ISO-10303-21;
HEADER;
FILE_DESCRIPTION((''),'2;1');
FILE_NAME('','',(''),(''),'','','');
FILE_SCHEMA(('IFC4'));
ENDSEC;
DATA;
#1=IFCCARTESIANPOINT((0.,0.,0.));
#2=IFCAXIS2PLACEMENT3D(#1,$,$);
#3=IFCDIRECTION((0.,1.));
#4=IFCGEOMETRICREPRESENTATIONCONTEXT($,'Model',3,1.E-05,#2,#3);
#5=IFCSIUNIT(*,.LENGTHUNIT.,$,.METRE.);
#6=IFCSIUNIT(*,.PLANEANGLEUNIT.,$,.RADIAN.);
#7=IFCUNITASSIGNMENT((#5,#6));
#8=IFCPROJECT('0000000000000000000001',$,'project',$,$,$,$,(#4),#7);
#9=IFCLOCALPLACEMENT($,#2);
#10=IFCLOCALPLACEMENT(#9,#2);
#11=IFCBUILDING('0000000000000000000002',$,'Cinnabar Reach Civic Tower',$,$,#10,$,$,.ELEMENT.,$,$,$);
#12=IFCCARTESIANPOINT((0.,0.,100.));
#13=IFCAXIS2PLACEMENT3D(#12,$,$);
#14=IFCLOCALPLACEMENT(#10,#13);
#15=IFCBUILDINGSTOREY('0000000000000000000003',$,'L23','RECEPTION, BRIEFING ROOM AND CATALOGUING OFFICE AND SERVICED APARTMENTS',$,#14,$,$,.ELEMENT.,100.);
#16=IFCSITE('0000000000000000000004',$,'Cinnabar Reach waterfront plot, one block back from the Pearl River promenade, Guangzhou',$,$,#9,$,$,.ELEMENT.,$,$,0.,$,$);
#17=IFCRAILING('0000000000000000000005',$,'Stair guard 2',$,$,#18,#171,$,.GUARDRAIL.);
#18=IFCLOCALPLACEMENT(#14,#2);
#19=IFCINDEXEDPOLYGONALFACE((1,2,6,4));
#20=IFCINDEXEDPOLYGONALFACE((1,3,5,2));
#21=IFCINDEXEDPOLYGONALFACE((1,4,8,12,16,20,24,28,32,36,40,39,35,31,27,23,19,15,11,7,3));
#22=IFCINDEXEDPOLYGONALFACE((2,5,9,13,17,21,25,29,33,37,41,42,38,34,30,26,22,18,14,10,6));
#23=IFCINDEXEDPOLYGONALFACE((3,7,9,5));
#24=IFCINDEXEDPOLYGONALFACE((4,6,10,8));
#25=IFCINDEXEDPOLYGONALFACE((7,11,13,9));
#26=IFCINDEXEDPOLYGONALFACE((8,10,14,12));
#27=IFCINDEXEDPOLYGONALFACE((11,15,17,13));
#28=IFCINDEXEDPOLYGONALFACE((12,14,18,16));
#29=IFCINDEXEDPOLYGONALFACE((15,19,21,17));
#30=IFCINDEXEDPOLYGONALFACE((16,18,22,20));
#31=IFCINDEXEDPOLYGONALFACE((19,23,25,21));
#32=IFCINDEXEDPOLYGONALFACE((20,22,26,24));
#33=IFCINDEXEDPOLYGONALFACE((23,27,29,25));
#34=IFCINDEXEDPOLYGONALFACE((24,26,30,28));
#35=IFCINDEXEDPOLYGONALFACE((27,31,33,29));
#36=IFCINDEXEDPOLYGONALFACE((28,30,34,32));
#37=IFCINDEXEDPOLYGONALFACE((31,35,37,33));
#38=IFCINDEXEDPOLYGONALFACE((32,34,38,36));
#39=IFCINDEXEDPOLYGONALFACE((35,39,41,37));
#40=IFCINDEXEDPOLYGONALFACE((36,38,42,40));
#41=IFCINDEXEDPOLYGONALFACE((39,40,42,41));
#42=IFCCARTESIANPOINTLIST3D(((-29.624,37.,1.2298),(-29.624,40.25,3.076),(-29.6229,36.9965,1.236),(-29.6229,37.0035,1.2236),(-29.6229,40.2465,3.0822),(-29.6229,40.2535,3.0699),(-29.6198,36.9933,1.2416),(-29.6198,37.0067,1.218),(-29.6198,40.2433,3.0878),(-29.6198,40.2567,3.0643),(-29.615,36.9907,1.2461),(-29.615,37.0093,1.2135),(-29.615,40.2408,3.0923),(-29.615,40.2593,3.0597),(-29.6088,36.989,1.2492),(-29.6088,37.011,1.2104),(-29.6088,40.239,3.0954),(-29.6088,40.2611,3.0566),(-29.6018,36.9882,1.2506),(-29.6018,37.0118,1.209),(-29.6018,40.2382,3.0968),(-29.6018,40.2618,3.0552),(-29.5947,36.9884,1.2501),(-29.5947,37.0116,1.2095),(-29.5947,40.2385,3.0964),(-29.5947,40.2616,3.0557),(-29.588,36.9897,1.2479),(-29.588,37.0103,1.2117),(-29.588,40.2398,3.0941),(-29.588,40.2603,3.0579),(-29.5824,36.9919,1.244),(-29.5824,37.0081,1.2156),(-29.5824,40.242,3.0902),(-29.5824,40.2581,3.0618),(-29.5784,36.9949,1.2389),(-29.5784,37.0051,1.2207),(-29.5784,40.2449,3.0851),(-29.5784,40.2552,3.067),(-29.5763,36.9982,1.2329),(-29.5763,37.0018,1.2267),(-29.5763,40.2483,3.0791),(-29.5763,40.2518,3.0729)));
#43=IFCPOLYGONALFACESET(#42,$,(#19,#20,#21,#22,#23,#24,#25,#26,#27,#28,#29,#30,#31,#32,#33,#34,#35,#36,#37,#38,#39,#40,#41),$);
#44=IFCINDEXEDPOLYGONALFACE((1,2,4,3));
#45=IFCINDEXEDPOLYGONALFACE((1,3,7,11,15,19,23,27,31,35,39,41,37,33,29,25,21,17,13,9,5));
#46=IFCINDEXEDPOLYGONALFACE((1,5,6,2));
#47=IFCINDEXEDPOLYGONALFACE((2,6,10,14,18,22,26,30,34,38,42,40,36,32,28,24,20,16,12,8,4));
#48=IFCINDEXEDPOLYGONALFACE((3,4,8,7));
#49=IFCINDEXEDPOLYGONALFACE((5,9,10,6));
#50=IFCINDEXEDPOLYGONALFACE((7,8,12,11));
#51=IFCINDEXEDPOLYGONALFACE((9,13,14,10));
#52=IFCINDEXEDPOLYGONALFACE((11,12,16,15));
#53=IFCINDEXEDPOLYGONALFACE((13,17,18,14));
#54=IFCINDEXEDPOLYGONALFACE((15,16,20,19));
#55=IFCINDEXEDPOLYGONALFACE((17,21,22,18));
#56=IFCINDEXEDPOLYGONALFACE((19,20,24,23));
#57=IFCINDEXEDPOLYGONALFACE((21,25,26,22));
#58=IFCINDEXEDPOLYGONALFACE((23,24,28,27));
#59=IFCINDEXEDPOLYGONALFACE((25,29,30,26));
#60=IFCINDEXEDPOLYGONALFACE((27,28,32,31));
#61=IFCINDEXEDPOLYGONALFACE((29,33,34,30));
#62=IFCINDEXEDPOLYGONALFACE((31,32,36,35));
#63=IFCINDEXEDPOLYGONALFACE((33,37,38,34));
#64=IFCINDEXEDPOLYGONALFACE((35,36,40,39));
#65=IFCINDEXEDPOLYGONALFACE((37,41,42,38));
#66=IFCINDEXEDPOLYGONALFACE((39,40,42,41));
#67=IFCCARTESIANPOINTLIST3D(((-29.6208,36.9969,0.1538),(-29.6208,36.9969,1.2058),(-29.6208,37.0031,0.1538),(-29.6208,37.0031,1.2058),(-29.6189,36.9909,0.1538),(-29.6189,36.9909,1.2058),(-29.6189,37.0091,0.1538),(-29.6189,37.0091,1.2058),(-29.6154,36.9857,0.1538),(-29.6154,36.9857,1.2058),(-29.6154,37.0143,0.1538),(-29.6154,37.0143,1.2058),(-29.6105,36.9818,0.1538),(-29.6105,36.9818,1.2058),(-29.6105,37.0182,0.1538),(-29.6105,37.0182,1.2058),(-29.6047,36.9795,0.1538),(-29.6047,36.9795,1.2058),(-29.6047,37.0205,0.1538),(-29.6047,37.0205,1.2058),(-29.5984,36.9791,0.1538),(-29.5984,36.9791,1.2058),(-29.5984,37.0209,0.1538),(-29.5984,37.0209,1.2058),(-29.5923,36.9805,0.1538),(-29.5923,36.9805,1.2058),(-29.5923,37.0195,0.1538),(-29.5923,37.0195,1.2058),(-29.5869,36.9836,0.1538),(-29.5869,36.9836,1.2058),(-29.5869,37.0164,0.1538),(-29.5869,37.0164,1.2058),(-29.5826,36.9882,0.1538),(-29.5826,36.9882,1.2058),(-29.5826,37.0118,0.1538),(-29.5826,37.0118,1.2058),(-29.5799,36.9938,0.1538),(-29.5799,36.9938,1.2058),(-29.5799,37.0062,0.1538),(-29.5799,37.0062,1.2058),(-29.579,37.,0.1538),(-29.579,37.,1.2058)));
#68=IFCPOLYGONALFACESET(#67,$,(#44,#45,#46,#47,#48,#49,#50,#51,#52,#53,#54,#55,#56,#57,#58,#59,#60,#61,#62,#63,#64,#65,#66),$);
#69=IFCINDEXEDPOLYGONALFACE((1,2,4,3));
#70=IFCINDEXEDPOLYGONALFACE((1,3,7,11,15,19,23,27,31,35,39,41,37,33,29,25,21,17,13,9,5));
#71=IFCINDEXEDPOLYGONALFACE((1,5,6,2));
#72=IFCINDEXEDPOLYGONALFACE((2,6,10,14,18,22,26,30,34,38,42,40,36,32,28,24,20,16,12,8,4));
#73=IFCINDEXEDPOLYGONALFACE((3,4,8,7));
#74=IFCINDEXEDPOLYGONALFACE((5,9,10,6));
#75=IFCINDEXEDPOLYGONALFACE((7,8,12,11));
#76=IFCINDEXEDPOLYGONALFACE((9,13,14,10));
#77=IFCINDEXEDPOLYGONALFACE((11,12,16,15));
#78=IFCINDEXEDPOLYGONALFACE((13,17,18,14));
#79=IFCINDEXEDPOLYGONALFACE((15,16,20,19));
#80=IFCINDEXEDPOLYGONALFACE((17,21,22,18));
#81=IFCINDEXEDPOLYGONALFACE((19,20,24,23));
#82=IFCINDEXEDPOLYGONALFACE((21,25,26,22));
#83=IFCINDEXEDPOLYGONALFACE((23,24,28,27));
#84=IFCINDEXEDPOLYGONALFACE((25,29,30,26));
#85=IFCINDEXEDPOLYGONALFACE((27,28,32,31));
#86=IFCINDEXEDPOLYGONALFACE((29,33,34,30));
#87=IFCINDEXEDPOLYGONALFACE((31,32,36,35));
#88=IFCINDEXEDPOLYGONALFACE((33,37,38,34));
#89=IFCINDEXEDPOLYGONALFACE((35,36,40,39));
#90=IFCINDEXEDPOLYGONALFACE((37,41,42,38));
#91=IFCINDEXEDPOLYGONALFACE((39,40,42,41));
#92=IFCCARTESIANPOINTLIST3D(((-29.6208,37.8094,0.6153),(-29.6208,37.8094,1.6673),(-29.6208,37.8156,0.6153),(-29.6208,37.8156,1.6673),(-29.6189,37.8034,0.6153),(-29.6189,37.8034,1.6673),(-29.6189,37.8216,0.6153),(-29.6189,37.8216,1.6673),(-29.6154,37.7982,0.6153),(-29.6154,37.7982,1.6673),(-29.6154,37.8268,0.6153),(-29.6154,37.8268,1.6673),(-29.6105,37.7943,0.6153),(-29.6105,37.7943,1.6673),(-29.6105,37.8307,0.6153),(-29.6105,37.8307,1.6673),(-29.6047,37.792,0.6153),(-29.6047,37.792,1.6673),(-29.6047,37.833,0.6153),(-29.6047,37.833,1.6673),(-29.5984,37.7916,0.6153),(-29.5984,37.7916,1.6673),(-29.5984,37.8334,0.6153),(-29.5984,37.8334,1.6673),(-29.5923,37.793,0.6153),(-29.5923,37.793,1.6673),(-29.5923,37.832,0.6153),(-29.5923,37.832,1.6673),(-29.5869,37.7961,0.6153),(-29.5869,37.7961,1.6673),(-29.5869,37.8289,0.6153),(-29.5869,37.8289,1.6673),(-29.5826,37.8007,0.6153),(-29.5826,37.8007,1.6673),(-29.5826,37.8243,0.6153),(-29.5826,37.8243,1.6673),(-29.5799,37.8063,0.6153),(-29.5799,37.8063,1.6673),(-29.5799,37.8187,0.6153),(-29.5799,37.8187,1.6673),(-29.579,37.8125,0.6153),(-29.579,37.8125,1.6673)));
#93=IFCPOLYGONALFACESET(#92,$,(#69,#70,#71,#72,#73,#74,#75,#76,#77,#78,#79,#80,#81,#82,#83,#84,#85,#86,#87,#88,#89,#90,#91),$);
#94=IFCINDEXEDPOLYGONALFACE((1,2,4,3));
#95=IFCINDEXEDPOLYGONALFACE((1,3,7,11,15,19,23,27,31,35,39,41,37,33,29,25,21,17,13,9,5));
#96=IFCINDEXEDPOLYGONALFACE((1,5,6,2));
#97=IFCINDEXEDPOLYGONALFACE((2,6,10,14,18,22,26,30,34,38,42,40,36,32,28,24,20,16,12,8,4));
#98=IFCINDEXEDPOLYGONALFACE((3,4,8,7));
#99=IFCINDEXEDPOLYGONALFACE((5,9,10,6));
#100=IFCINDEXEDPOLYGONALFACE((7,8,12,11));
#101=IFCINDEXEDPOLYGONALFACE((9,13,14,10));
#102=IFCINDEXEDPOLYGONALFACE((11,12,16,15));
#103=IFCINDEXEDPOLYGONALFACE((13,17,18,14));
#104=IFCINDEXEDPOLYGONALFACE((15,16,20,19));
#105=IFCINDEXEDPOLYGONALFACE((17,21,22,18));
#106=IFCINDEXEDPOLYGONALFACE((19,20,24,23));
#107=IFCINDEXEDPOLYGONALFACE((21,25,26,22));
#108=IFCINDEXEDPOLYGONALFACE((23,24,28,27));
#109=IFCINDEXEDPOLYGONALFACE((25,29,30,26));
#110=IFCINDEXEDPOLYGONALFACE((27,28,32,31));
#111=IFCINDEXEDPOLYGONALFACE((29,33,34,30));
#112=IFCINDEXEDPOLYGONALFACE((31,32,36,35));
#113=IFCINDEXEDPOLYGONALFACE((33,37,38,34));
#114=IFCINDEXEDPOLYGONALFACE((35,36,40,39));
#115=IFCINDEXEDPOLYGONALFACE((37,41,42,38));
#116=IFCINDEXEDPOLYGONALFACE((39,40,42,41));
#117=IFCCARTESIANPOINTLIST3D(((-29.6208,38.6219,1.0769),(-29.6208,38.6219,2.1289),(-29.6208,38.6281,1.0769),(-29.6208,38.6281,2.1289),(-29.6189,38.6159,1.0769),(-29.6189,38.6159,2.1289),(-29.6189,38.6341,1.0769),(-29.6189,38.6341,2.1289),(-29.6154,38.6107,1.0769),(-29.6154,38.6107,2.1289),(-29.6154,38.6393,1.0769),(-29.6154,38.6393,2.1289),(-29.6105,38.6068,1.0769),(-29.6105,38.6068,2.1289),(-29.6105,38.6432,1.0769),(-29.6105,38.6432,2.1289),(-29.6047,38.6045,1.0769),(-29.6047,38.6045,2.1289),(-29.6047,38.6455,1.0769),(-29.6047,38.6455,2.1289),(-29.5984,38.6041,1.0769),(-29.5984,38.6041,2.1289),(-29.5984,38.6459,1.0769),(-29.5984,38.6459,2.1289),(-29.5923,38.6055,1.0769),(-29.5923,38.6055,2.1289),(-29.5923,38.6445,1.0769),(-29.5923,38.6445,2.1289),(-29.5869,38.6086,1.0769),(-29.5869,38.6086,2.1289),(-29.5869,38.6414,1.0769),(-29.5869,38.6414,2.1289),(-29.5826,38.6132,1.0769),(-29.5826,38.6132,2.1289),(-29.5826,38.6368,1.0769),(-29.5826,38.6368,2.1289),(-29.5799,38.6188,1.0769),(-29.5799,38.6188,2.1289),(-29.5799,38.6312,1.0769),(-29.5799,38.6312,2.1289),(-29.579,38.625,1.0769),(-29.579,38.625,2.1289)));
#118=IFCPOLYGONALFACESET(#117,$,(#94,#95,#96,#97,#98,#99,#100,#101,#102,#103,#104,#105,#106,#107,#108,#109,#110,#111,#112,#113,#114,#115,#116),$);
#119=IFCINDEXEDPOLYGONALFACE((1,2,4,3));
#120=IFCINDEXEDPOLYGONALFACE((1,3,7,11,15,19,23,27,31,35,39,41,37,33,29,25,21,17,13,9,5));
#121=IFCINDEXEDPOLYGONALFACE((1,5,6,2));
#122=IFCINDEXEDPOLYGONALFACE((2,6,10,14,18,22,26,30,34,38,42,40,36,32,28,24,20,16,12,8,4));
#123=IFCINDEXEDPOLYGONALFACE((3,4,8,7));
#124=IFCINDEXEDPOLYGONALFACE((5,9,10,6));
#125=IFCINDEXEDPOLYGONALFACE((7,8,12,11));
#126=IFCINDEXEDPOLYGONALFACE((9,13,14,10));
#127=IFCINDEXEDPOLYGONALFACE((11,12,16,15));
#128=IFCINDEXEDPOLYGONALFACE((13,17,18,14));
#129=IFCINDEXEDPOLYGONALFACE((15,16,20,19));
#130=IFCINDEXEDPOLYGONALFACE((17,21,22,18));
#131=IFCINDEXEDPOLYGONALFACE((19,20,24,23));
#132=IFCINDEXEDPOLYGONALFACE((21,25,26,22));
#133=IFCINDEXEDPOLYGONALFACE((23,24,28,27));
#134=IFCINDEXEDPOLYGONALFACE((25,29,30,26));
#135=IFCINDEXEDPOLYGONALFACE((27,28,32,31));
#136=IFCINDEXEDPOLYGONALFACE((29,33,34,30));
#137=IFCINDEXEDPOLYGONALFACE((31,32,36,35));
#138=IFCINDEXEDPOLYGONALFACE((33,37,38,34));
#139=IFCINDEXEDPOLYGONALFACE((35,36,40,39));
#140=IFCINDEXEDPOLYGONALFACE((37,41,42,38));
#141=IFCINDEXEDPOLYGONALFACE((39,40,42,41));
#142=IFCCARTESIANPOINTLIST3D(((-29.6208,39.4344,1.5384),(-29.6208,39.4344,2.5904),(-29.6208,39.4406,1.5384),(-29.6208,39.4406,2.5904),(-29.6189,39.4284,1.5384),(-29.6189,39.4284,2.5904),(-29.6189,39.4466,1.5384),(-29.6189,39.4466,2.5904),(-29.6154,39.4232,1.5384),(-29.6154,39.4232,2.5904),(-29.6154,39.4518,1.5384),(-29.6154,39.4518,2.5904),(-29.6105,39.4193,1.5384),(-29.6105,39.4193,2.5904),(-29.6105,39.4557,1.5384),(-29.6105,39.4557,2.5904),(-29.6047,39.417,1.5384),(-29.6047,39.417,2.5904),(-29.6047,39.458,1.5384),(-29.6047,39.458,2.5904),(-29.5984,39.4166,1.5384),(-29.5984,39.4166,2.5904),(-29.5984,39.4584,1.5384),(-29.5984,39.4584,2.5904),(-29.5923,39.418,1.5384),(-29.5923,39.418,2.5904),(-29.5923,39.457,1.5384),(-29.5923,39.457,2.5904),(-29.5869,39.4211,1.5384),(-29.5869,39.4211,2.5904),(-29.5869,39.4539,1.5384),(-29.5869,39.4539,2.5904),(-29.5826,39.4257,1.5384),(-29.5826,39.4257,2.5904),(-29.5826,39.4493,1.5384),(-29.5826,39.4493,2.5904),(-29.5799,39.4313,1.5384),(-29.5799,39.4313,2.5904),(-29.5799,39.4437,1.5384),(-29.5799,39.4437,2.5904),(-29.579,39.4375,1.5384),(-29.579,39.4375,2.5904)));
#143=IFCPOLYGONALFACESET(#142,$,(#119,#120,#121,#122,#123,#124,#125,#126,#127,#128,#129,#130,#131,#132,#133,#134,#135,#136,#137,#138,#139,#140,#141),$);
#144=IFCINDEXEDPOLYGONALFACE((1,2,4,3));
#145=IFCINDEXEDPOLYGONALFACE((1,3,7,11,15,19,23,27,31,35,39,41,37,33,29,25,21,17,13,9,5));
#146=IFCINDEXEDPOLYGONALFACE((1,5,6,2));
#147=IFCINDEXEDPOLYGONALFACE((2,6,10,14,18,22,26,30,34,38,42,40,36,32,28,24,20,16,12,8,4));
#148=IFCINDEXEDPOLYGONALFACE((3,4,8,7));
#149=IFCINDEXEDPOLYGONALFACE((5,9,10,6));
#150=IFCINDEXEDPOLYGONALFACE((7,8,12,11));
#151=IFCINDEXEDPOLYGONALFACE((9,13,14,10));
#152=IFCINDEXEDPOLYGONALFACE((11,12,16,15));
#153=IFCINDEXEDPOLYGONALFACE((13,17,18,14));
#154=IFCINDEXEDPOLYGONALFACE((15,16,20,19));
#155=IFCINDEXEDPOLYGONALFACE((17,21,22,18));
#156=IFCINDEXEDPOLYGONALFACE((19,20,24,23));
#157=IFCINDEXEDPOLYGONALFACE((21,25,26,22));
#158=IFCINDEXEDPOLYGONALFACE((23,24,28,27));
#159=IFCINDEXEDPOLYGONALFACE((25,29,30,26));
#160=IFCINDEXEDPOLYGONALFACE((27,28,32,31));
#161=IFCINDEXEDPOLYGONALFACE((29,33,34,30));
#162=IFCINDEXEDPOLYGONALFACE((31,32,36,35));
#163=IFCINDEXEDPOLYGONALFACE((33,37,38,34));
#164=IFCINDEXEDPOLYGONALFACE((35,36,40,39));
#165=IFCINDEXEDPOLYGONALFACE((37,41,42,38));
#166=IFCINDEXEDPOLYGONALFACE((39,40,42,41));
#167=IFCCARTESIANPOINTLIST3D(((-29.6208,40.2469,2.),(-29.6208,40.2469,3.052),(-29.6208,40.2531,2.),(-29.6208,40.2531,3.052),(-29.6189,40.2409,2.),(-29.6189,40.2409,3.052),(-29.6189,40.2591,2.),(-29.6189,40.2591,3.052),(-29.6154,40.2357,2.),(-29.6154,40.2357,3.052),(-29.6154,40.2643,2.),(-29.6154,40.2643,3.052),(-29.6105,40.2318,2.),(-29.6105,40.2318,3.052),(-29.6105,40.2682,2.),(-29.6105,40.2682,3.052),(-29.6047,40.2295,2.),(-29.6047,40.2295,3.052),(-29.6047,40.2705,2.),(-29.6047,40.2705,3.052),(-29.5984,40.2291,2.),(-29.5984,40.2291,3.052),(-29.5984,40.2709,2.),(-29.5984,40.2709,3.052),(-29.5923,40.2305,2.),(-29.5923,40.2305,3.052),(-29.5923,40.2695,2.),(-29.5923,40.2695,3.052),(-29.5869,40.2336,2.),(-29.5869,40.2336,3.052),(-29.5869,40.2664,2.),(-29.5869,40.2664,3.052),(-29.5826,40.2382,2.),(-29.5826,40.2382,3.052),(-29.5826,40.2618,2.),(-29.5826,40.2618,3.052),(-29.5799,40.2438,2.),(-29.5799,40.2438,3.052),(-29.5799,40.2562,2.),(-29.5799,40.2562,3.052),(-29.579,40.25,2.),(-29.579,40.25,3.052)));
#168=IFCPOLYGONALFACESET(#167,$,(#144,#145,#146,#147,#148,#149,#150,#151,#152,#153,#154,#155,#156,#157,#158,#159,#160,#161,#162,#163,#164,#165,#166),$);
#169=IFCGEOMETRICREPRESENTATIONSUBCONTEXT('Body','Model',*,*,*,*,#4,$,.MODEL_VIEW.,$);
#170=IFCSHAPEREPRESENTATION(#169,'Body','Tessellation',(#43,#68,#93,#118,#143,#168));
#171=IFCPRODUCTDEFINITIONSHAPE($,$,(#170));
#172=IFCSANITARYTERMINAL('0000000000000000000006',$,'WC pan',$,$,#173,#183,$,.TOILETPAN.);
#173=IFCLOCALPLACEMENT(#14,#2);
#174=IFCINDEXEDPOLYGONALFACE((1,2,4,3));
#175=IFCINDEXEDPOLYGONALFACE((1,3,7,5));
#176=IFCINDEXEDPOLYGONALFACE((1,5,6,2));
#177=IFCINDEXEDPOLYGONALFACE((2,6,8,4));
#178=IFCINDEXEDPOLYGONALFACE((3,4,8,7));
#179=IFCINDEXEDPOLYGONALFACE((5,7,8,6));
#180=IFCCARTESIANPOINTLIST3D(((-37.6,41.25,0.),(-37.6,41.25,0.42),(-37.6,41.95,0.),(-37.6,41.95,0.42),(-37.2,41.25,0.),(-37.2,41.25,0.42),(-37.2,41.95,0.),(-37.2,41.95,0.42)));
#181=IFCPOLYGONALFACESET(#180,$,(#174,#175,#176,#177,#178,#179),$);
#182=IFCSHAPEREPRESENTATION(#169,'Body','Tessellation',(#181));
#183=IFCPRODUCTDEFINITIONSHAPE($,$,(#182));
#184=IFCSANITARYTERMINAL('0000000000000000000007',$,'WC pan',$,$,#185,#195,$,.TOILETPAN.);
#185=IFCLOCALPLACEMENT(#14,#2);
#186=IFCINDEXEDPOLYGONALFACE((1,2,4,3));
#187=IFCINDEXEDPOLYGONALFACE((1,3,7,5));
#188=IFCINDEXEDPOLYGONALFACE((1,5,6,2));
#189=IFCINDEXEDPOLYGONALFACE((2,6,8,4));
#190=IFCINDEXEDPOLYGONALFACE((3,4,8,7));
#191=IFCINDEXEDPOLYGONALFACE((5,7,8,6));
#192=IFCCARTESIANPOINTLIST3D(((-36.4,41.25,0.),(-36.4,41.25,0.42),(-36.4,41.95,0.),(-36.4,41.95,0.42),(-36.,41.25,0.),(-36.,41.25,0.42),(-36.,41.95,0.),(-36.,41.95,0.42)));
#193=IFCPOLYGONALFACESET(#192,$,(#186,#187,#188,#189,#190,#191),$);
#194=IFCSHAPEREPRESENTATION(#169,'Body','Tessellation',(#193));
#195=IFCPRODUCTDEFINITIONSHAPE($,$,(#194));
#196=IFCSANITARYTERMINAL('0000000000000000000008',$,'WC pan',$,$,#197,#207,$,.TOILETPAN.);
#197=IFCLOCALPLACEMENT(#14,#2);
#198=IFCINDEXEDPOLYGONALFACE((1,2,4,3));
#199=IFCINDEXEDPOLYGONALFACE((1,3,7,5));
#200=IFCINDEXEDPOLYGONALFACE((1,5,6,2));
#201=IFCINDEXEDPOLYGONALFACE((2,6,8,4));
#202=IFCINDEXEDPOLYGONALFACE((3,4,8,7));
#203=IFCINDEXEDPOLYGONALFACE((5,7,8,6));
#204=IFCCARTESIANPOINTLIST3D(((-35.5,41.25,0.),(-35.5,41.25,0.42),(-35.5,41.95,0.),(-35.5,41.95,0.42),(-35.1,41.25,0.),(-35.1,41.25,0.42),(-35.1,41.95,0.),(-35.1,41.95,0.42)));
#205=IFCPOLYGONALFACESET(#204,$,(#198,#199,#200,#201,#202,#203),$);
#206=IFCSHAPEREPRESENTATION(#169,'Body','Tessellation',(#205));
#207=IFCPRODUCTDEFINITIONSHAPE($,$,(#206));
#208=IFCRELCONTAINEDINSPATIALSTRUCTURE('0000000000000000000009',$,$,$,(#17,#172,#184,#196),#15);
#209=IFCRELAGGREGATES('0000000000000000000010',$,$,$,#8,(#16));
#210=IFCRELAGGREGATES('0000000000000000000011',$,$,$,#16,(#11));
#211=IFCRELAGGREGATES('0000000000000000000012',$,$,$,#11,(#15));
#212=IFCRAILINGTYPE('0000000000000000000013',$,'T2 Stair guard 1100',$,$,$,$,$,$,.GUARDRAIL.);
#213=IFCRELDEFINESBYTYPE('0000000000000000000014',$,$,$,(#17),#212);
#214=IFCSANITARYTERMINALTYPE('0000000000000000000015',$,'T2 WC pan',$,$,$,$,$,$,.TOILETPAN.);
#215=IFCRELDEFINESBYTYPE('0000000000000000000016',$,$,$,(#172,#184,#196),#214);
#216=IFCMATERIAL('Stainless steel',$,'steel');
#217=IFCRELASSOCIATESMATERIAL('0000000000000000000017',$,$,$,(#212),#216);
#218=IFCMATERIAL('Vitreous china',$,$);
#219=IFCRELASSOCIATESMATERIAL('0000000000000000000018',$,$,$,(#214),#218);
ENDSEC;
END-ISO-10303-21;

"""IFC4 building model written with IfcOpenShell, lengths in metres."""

from ifc_helpers import new_model, si_unit, direction, frame, origin, origin_2d, place, context, subcontext, project, spatial, rectangle, circle, extrude, material, type_object, element, save


model = new_model("IFC4")

# Units and contexts
model_context = context("Model", 3, precision=1e-05, world=origin(), true_north=direction((0.0, 1.0)))
body_context = subcontext(model_context, "Body", "Model", "MODEL_VIEW")
ifc_project = project(units=[si_unit("LENGTHUNIT", "METRE"), si_unit("PLANEANGLEUNIT", "RADIAN")], contexts=[model_context])

# Site, building, storey
site_placement = place(None, origin())
site = spatial("IfcSite", under=ifc_project, at=site_placement, Name="Cinnabar Reach waterfront plot, one block back from the Pearl River promenade, Guangzhou", CompositionType="ELEMENT", RefElevation=0.0)
building_placement = place(site_placement, origin())
building = spatial("IfcBuilding", under=site, at=building_placement, Name="Cinnabar Reach Civic Tower", CompositionType="ELEMENT")
storey_placement = place(building_placement, frame((0.0, 0.0, 100.0)))
storey = spatial("IfcBuildingStorey", under=building, at=storey_placement, Name="L23", Description="RECEPTION, BRIEFING ROOM AND CATALOGUING OFFICE AND SERVICED APARTMENTS", CompositionType="ELEMENT", Elevation=100.0)

# Railing
ifc_material_1 = material(Name="Stainless steel", Category="steel")
railing_type = type_object("IfcRailingType", Name="T2 Stair guard 1100", PredefinedType="GUARDRAIL", material=ifc_material_1)
railing_1_placement = place(storey_placement, frame((-29.6, 37.0, 0.1538)))
element("IfcRailing", 1, at=railing_1_placement, inside=storey, type_object=railing_type, Name="Stair guard 2", PredefinedType="GUARDRAIL", context=body_context, shape_type="SweptSolid", body=[
    extrude(circle(Radius=0.024, at=origin_2d()), frame((0.0, 0.0, 1.076), z_axis=(0.0, 0.869501, 0.49393), x_axis=(-1.0, 0.0, 0.0)), (0.0, 0.0, 1.0), 3.7378),
    extrude(circle(Radius=0.021, at=origin_2d()), origin(), (0.0, 0.0, 1.0), 1.052),
    extrude(circle(Radius=0.021, at=origin_2d()), frame((0.0, 0.8125, 0.4615)), (0.0, 0.0, 1.0), 1.052),
    extrude(circle(Radius=0.021, at=origin_2d()), frame((0.0, 1.625, 0.9231)), (0.0, 0.0, 1.0), 1.052),
    extrude(circle(Radius=0.021, at=origin_2d()), frame((0.0, 2.4375, 1.3846)), (0.0, 0.0, 1.0), 1.052),
    extrude(circle(Radius=0.021, at=origin_2d()), frame((0.0, 3.25, 1.8462)), (0.0, 0.0, 1.0), 1.052),
])

# Sanitary terminals
ifc_material_2 = material(Name="Vitreous china")
sanitary_terminal_type_1 = type_object("IfcSanitaryTerminalType", Name="T2 WC pan", PredefinedType="TOILETPAN", material=ifc_material_2)
for number, where, z_axis, x_axis, name in (
    (2, (-37.4, 41.6, 0.0), (0.0, 0.0, 1.0), (1.0, 0.0, 0.0), "WC pan"),
    (3, (-36.2, 41.6, 0.0), (0.0, 0.0, 1.0), (1.0, 0.0, 0.0), "WC pan"),
    (4, (-35.3, 41.6, 0.0), (0.0, 0.0, 1.0), (1.0, 0.0, 0.0), "WC pan"),
):
    element("IfcSanitaryTerminal", number, at=place(storey_placement, frame(where, z_axis=z_axis, x_axis=x_axis)), inside=storey, type_object=sanitary_terminal_type_1, Name=name, PredefinedType="TOILETPAN", context=body_context, shape_type="SweptSolid", body=[
        extrude(rectangle(XDim=0.4, YDim=0.7, at=origin_2d()), origin(), (0.0, 0.0, 1.0), 0.42),
    ])

save(model, "model.ifc")
